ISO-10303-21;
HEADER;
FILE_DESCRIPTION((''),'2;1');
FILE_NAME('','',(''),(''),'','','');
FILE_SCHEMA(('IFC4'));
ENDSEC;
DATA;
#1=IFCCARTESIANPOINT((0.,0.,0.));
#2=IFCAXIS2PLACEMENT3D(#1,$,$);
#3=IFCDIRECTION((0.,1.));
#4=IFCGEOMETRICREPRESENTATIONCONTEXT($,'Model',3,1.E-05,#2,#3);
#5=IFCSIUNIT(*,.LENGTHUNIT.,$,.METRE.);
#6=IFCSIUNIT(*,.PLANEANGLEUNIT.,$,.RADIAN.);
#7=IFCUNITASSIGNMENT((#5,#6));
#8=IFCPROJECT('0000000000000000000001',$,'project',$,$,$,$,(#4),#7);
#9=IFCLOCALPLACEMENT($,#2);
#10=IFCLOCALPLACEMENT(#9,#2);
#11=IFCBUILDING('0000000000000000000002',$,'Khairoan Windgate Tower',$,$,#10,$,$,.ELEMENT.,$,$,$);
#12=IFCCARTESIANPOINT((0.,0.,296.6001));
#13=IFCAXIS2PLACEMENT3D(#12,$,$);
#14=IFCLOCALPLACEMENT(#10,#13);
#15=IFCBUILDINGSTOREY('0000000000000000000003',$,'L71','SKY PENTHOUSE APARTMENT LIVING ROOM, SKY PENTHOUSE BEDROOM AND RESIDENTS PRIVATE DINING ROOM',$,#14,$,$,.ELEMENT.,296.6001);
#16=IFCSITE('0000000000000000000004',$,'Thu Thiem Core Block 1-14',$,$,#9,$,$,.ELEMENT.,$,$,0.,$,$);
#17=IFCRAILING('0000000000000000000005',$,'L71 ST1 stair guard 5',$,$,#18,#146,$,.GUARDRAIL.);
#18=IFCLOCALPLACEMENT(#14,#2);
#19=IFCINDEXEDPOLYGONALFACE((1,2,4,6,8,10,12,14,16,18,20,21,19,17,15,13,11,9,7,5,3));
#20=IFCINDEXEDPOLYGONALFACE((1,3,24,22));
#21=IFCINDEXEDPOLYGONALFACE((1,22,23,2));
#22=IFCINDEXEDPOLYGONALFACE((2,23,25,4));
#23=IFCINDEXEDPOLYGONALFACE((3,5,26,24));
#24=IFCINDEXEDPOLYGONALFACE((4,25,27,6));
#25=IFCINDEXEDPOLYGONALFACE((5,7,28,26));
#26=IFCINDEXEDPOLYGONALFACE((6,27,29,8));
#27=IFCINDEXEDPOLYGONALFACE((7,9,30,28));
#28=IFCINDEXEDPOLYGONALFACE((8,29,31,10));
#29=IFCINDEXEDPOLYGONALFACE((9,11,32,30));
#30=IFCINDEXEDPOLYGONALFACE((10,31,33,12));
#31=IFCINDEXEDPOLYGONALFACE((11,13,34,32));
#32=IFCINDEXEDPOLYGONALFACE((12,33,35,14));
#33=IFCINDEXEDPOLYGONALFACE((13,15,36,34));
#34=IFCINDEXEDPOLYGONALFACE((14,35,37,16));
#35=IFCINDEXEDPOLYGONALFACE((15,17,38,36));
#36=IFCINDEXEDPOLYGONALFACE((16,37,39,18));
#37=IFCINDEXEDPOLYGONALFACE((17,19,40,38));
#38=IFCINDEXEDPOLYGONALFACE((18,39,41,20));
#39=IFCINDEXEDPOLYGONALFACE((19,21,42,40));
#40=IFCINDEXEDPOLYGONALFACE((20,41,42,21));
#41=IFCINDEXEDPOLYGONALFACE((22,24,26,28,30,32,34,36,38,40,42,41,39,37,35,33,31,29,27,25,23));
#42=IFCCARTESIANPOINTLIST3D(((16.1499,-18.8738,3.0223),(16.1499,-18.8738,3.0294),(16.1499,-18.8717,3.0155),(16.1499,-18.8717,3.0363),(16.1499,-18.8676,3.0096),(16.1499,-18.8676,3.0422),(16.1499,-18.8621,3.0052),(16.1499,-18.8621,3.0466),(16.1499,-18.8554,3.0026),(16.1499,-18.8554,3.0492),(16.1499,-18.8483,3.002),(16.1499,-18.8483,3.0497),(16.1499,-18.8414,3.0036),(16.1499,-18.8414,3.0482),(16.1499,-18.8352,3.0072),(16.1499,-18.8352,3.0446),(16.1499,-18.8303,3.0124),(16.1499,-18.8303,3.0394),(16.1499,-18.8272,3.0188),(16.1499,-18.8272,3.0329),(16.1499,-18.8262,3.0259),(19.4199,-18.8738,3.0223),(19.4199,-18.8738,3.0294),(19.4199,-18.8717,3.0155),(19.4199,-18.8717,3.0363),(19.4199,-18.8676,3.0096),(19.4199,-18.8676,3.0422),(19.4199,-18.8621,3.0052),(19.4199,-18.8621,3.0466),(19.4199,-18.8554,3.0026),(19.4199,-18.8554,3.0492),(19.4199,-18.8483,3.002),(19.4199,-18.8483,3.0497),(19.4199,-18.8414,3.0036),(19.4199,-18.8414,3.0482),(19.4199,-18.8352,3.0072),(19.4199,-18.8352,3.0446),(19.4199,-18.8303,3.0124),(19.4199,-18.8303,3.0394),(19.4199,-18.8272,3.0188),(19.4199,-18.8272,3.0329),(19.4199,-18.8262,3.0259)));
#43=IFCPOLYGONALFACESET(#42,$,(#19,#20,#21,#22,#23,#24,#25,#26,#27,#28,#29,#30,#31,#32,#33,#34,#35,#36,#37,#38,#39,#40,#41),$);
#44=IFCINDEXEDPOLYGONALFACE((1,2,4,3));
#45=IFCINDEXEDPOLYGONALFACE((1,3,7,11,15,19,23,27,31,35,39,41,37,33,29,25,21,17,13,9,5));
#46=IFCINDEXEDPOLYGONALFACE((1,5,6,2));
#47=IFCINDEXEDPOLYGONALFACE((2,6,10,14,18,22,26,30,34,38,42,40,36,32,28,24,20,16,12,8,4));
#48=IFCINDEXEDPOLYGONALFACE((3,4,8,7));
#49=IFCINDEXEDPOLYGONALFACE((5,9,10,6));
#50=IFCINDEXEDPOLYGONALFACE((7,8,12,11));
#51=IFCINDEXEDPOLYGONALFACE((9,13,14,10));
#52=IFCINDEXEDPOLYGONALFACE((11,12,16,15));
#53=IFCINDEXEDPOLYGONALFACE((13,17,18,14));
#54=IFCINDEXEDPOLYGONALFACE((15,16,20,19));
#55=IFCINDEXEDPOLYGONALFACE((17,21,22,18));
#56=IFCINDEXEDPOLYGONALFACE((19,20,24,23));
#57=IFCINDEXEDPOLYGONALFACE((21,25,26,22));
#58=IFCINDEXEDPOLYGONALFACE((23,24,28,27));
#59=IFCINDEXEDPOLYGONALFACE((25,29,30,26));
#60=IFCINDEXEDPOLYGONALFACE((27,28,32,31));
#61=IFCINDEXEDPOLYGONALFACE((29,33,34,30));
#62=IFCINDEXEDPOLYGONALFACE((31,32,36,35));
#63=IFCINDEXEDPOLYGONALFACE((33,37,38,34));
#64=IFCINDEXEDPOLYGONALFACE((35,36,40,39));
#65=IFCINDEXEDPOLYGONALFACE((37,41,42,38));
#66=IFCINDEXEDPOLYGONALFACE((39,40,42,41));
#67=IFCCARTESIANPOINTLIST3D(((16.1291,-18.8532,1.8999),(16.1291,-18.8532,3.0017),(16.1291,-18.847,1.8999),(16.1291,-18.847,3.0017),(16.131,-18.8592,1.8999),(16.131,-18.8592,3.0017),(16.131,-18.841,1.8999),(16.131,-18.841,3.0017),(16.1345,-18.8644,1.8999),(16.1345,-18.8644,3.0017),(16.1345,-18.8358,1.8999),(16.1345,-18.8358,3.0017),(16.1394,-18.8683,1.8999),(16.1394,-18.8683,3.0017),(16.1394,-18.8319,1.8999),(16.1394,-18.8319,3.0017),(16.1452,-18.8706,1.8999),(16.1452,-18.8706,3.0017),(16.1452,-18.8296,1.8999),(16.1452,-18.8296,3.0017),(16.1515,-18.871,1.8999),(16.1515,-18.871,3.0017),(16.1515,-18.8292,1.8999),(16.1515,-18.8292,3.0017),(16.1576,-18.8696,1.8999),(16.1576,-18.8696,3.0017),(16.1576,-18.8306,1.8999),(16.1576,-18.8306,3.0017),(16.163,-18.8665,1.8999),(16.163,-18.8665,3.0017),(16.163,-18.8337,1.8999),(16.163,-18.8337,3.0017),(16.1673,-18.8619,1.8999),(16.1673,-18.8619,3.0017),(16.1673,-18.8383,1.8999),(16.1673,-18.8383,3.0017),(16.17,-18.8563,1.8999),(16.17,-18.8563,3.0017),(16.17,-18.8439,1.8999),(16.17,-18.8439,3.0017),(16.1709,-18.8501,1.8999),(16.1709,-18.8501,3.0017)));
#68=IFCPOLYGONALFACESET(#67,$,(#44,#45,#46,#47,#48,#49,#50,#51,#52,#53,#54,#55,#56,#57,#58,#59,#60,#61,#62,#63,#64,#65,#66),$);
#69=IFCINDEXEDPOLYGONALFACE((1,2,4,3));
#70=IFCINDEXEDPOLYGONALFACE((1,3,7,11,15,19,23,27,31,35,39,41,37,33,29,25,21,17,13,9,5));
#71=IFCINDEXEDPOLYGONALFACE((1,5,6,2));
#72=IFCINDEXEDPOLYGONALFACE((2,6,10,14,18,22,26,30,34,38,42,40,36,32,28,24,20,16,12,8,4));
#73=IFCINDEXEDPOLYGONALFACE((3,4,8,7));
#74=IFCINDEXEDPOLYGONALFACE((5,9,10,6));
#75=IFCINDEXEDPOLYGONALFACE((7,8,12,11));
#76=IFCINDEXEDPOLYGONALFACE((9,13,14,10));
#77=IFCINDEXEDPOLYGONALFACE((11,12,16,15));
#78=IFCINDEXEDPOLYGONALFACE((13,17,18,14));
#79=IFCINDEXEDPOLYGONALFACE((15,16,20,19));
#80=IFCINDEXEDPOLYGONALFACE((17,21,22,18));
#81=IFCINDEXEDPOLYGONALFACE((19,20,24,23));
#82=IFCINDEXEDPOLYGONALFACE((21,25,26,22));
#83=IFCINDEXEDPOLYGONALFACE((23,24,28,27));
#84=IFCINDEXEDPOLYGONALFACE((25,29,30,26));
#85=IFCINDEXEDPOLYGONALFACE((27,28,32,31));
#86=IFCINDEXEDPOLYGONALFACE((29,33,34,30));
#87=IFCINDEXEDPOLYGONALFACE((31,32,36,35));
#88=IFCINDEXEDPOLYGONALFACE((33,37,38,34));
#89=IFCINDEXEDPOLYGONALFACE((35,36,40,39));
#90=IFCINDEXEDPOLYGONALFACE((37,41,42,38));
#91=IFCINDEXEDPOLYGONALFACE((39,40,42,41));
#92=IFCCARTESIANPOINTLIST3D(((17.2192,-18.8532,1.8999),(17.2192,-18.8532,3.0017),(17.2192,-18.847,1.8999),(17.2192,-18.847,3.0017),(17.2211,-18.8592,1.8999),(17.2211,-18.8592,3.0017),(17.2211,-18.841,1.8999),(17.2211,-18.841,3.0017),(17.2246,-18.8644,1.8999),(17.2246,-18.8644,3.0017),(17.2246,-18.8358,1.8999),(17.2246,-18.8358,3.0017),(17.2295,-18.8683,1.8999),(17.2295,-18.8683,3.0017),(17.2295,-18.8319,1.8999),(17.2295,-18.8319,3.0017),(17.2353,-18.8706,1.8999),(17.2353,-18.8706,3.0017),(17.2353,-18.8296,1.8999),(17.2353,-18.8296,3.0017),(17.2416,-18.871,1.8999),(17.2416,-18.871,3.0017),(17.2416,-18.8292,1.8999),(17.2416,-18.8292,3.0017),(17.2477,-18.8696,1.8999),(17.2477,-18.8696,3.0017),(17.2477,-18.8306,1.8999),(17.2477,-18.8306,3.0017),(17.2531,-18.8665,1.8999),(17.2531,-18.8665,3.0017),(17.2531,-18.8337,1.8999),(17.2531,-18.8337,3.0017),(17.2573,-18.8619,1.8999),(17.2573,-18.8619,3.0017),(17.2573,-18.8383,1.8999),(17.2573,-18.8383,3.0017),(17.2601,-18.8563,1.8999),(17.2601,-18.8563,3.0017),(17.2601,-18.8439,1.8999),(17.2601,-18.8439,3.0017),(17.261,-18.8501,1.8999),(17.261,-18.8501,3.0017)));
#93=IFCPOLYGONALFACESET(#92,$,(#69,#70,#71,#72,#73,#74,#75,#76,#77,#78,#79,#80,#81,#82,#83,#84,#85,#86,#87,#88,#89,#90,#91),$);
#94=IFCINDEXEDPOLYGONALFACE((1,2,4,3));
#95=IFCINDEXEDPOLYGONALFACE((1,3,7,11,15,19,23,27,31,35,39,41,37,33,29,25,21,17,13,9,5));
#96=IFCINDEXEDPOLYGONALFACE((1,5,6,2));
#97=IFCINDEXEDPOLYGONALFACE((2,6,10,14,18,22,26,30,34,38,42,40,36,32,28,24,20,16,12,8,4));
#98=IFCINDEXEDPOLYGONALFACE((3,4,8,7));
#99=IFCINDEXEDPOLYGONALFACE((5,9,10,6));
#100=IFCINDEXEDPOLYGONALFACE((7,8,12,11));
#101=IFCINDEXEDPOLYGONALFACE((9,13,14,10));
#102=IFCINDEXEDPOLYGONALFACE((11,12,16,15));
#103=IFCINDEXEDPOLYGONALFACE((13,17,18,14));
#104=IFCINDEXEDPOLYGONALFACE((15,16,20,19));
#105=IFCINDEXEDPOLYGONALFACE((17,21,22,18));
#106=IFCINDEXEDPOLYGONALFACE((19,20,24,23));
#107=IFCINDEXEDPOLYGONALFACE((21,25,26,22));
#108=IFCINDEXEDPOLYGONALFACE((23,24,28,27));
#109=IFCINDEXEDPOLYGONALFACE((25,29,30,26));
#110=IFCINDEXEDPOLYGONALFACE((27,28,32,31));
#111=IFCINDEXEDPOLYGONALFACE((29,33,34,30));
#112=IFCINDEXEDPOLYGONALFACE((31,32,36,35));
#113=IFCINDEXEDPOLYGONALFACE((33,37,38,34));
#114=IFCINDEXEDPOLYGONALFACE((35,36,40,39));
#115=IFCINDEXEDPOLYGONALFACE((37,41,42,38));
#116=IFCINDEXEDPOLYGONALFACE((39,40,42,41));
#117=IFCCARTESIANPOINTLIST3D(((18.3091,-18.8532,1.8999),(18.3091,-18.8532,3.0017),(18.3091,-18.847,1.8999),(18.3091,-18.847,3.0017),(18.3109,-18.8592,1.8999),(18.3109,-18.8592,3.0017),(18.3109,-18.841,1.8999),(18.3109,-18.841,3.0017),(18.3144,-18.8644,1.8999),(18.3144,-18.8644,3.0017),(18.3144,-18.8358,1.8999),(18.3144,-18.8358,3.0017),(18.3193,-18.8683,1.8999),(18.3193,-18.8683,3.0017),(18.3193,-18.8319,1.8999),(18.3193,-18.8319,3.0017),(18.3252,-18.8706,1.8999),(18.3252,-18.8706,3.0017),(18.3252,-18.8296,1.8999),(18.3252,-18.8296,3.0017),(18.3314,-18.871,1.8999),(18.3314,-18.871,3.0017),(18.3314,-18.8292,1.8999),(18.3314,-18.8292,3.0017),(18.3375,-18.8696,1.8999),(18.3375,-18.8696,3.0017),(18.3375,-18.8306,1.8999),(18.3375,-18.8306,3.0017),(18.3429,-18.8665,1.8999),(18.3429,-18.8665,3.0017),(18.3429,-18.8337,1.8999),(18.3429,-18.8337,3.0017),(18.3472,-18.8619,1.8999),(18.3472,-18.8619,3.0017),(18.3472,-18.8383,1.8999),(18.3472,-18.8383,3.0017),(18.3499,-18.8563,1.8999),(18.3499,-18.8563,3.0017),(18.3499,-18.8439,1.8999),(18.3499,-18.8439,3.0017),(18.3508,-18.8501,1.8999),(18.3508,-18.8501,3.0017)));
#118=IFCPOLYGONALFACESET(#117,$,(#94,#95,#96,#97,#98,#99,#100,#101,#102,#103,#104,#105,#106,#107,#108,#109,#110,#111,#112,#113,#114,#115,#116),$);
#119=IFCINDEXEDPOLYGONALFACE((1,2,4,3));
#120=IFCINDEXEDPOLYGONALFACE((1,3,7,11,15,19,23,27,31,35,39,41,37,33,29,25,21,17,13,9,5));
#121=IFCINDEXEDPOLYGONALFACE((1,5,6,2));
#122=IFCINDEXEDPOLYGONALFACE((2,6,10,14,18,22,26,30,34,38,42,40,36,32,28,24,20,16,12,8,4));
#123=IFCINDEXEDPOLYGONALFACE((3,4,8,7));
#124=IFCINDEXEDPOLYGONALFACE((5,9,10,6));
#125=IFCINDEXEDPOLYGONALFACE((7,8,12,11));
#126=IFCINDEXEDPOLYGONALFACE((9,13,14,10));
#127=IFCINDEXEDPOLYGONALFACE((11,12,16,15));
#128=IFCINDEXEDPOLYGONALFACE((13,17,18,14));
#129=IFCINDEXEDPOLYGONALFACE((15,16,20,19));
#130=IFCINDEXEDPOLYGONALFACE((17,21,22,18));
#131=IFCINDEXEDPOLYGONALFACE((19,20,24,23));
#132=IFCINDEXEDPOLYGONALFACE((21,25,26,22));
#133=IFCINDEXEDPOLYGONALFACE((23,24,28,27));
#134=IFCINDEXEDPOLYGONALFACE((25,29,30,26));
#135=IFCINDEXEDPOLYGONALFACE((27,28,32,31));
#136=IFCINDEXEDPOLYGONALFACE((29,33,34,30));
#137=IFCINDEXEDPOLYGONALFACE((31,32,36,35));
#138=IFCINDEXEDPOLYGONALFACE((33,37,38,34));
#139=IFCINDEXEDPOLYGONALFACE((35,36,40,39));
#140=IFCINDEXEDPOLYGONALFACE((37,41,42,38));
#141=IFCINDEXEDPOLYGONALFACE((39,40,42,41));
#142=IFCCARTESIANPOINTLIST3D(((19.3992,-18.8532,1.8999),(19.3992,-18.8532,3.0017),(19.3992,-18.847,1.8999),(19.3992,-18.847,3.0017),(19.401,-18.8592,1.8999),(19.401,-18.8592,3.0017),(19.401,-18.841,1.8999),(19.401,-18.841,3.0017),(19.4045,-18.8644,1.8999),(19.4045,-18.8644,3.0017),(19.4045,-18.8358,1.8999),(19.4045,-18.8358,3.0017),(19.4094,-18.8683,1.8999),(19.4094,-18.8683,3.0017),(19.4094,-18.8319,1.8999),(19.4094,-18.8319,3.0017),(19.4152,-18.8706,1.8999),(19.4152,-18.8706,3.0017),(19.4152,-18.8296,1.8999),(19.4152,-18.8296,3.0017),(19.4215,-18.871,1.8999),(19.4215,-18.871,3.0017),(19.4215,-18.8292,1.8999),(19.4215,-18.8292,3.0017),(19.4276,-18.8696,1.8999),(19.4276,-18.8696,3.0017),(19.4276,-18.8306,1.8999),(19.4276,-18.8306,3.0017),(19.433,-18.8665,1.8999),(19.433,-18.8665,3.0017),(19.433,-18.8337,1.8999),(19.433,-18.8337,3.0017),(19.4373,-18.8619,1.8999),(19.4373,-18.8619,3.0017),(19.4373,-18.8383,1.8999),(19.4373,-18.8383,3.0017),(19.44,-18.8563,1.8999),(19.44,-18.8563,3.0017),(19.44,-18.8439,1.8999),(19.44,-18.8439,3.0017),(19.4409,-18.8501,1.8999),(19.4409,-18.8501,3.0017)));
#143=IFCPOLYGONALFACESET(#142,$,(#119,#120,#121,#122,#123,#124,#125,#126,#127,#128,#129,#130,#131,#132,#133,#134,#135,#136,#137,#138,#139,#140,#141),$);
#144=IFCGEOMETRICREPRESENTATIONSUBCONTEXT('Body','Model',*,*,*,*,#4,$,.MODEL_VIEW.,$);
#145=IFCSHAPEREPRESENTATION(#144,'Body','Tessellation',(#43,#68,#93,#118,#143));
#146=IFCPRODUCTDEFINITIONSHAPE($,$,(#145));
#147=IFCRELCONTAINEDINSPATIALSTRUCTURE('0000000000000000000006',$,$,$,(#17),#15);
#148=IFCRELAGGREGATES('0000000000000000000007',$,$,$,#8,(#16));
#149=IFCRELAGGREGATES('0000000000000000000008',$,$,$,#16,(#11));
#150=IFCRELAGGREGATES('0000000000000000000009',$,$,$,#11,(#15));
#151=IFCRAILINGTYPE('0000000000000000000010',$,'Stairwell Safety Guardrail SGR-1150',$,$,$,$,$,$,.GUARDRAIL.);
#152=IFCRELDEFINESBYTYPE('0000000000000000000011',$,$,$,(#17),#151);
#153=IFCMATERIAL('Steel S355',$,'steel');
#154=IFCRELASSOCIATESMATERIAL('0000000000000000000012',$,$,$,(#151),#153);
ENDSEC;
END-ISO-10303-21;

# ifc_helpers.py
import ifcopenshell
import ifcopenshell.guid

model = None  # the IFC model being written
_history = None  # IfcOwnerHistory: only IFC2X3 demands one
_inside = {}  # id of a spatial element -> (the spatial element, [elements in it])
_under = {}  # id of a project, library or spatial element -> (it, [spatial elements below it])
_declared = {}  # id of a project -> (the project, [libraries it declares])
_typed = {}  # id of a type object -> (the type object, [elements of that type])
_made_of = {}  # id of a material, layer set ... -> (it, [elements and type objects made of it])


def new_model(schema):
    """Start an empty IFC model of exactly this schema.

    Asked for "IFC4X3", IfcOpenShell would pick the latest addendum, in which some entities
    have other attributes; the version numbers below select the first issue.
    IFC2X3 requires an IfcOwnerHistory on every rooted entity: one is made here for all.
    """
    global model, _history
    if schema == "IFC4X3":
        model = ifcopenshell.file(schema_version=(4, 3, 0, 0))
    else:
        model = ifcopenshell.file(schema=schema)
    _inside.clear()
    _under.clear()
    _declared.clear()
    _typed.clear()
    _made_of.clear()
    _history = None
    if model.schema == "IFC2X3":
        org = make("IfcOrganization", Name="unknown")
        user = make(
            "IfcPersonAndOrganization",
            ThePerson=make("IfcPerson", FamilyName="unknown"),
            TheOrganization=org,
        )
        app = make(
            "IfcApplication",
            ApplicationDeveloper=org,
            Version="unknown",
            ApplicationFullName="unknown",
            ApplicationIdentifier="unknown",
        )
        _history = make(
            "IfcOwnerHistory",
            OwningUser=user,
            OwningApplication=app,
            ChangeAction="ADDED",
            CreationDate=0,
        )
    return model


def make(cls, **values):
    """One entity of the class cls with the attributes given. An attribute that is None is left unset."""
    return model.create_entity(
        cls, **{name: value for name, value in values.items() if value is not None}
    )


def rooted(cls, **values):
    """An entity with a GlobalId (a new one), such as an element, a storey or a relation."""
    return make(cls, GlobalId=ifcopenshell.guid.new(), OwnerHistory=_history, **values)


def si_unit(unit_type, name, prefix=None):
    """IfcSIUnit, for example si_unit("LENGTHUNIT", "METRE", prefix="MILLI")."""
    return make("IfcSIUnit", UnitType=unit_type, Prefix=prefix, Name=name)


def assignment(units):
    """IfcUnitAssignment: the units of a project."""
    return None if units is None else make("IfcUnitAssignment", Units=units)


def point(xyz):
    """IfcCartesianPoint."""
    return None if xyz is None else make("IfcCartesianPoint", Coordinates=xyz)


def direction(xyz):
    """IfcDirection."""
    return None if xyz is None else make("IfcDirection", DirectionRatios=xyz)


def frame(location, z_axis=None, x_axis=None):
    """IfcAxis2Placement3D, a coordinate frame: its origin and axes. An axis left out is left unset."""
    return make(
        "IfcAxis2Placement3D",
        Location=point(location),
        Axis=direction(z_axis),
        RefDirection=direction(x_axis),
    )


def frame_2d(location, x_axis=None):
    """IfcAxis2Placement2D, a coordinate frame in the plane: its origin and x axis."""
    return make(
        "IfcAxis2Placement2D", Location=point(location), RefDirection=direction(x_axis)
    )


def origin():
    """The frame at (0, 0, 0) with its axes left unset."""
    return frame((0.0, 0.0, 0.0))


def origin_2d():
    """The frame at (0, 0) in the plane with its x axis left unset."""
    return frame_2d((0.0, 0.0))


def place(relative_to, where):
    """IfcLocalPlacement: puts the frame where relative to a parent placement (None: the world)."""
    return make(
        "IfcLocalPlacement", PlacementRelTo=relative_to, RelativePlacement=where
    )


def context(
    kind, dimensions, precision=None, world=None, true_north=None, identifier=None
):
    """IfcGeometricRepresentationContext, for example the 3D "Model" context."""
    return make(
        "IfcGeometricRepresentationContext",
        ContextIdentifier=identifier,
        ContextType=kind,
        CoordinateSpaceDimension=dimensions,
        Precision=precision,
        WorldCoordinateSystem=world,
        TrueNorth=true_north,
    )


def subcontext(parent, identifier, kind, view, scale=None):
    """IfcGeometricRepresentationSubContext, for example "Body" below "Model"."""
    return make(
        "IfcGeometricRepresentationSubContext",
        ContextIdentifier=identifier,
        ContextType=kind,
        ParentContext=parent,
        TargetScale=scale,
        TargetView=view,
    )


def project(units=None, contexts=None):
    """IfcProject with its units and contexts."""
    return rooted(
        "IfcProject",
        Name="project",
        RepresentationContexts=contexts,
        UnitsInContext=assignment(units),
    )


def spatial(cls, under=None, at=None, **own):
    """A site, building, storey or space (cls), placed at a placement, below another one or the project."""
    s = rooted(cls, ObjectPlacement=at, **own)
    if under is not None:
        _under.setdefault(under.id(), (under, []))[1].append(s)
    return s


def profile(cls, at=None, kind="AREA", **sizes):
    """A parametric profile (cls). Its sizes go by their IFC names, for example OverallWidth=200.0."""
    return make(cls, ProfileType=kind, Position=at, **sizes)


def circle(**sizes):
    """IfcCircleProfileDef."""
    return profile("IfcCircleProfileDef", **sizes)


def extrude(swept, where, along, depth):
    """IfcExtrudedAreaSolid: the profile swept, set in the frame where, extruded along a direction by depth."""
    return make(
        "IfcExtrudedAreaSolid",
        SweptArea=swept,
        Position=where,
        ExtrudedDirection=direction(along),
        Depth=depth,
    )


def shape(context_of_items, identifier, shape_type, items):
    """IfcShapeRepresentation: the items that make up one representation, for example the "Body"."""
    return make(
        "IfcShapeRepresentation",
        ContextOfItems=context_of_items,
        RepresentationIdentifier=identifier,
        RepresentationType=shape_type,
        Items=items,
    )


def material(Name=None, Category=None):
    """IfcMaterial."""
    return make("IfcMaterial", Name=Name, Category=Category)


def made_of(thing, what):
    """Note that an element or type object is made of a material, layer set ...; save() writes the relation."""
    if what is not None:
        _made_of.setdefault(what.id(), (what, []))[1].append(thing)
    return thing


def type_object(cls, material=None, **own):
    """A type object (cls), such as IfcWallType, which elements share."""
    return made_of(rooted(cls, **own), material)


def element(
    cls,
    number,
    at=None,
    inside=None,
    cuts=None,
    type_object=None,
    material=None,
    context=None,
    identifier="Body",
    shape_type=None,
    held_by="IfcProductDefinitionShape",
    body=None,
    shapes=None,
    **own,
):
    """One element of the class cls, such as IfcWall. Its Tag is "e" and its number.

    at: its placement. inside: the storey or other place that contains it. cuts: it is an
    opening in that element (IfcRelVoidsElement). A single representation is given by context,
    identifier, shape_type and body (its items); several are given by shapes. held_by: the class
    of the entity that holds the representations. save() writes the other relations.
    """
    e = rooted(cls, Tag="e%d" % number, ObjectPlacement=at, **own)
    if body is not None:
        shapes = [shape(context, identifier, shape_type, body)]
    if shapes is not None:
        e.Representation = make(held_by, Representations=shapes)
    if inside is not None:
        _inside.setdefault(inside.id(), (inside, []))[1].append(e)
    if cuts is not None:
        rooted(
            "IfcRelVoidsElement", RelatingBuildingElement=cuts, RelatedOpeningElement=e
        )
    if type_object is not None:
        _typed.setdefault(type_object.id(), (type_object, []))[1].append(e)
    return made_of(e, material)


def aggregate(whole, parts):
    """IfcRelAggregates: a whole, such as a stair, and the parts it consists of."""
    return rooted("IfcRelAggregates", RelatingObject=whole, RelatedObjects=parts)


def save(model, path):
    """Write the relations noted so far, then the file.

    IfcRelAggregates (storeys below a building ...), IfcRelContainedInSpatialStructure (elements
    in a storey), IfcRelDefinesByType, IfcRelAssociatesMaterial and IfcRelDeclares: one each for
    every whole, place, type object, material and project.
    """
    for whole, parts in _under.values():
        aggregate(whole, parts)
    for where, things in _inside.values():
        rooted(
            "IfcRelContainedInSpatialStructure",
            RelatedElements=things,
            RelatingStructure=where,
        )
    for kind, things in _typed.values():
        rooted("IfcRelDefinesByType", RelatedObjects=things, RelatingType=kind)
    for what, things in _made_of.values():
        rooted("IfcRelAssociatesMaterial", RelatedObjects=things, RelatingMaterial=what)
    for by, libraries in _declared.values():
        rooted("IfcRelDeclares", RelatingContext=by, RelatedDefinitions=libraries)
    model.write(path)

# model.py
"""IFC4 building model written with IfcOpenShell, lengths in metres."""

from ifc_helpers import new_model, si_unit, direction, frame, origin, origin_2d, place, context, subcontext, project, spatial, circle, extrude, material, type_object, element, save


model = new_model("IFC4")

# Units and contexts
model_context = context("Model", 3, precision=1e-05, world=origin(), true_north=direction((0.0, 1.0)))
body_context = subcontext(model_context, "Body", "Model", "MODEL_VIEW")
ifc_project = project(units=[si_unit("LENGTHUNIT", "METRE"), si_unit("PLANEANGLEUNIT", "RADIAN")], contexts=[model_context])

# Site, building, storey
site_placement = place(None, origin())
site = spatial("IfcSite", under=ifc_project, at=site_placement, Name="Thu Thiem Core Block 1-14", CompositionType="ELEMENT", RefElevation=0.0)
building_placement = place(site_placement, origin())
building = spatial("IfcBuilding", under=site, at=building_placement, Name="Khairoan Windgate Tower", CompositionType="ELEMENT")
storey_placement = place(building_placement, frame((0.0, 0.0, 296.6001)))
storey = spatial("IfcBuildingStorey", under=building, at=storey_placement, Name="L71", Description="SKY PENTHOUSE APARTMENT LIVING ROOM, SKY PENTHOUSE BEDROOM AND RESIDENTS PRIVATE DINING ROOM", CompositionType="ELEMENT", Elevation=296.6001)

# Railing
ifc_material_1 = material(Name="Steel S355", Category="steel")
railing_type = type_object("IfcRailingType", Name="Stairwell Safety Guardrail SGR-1150", PredefinedType="GUARDRAIL", material=ifc_material_1)
railing_1_placement = place(storey_placement, frame((16.1499, -18.8501, 1.8999)))
element("IfcRailing", 1, at=railing_1_placement, inside=storey, type_object=railing_type, Name="L71 ST1 stair guard 5", PredefinedType="GUARDRAIL", context=body_context, shape_type="SweptSolid", body=[
    extrude(circle(Radius=0.0239, at=origin_2d()), frame((0.0, 0.0, 1.126), z_axis=(1.0, 0.0, 0.0), x_axis=(0.0, 1.0, 0.0)), (0.0, 0.0, 1.0), 3.27),
    extrude(circle(Radius=0.021, at=origin_2d()), origin(), (0.0, 0.0, 1.0), 1.1018),
    extrude(circle(Radius=0.021, at=origin_2d()), frame((1.0901, 0.0, 0.0)), (0.0, 0.0, 1.0), 1.1018),
    extrude(circle(Radius=0.021, at=origin_2d()), frame((2.1799, 0.0, 0.0)), (0.0, 0.0, 1.0), 1.1018),
    extrude(circle(Radius=0.021, at=origin_2d()), frame((3.27, 0.0, 0.0)), (0.0, 0.0, 1.0), 1.1018),
])

save(model, "model.ifc")
